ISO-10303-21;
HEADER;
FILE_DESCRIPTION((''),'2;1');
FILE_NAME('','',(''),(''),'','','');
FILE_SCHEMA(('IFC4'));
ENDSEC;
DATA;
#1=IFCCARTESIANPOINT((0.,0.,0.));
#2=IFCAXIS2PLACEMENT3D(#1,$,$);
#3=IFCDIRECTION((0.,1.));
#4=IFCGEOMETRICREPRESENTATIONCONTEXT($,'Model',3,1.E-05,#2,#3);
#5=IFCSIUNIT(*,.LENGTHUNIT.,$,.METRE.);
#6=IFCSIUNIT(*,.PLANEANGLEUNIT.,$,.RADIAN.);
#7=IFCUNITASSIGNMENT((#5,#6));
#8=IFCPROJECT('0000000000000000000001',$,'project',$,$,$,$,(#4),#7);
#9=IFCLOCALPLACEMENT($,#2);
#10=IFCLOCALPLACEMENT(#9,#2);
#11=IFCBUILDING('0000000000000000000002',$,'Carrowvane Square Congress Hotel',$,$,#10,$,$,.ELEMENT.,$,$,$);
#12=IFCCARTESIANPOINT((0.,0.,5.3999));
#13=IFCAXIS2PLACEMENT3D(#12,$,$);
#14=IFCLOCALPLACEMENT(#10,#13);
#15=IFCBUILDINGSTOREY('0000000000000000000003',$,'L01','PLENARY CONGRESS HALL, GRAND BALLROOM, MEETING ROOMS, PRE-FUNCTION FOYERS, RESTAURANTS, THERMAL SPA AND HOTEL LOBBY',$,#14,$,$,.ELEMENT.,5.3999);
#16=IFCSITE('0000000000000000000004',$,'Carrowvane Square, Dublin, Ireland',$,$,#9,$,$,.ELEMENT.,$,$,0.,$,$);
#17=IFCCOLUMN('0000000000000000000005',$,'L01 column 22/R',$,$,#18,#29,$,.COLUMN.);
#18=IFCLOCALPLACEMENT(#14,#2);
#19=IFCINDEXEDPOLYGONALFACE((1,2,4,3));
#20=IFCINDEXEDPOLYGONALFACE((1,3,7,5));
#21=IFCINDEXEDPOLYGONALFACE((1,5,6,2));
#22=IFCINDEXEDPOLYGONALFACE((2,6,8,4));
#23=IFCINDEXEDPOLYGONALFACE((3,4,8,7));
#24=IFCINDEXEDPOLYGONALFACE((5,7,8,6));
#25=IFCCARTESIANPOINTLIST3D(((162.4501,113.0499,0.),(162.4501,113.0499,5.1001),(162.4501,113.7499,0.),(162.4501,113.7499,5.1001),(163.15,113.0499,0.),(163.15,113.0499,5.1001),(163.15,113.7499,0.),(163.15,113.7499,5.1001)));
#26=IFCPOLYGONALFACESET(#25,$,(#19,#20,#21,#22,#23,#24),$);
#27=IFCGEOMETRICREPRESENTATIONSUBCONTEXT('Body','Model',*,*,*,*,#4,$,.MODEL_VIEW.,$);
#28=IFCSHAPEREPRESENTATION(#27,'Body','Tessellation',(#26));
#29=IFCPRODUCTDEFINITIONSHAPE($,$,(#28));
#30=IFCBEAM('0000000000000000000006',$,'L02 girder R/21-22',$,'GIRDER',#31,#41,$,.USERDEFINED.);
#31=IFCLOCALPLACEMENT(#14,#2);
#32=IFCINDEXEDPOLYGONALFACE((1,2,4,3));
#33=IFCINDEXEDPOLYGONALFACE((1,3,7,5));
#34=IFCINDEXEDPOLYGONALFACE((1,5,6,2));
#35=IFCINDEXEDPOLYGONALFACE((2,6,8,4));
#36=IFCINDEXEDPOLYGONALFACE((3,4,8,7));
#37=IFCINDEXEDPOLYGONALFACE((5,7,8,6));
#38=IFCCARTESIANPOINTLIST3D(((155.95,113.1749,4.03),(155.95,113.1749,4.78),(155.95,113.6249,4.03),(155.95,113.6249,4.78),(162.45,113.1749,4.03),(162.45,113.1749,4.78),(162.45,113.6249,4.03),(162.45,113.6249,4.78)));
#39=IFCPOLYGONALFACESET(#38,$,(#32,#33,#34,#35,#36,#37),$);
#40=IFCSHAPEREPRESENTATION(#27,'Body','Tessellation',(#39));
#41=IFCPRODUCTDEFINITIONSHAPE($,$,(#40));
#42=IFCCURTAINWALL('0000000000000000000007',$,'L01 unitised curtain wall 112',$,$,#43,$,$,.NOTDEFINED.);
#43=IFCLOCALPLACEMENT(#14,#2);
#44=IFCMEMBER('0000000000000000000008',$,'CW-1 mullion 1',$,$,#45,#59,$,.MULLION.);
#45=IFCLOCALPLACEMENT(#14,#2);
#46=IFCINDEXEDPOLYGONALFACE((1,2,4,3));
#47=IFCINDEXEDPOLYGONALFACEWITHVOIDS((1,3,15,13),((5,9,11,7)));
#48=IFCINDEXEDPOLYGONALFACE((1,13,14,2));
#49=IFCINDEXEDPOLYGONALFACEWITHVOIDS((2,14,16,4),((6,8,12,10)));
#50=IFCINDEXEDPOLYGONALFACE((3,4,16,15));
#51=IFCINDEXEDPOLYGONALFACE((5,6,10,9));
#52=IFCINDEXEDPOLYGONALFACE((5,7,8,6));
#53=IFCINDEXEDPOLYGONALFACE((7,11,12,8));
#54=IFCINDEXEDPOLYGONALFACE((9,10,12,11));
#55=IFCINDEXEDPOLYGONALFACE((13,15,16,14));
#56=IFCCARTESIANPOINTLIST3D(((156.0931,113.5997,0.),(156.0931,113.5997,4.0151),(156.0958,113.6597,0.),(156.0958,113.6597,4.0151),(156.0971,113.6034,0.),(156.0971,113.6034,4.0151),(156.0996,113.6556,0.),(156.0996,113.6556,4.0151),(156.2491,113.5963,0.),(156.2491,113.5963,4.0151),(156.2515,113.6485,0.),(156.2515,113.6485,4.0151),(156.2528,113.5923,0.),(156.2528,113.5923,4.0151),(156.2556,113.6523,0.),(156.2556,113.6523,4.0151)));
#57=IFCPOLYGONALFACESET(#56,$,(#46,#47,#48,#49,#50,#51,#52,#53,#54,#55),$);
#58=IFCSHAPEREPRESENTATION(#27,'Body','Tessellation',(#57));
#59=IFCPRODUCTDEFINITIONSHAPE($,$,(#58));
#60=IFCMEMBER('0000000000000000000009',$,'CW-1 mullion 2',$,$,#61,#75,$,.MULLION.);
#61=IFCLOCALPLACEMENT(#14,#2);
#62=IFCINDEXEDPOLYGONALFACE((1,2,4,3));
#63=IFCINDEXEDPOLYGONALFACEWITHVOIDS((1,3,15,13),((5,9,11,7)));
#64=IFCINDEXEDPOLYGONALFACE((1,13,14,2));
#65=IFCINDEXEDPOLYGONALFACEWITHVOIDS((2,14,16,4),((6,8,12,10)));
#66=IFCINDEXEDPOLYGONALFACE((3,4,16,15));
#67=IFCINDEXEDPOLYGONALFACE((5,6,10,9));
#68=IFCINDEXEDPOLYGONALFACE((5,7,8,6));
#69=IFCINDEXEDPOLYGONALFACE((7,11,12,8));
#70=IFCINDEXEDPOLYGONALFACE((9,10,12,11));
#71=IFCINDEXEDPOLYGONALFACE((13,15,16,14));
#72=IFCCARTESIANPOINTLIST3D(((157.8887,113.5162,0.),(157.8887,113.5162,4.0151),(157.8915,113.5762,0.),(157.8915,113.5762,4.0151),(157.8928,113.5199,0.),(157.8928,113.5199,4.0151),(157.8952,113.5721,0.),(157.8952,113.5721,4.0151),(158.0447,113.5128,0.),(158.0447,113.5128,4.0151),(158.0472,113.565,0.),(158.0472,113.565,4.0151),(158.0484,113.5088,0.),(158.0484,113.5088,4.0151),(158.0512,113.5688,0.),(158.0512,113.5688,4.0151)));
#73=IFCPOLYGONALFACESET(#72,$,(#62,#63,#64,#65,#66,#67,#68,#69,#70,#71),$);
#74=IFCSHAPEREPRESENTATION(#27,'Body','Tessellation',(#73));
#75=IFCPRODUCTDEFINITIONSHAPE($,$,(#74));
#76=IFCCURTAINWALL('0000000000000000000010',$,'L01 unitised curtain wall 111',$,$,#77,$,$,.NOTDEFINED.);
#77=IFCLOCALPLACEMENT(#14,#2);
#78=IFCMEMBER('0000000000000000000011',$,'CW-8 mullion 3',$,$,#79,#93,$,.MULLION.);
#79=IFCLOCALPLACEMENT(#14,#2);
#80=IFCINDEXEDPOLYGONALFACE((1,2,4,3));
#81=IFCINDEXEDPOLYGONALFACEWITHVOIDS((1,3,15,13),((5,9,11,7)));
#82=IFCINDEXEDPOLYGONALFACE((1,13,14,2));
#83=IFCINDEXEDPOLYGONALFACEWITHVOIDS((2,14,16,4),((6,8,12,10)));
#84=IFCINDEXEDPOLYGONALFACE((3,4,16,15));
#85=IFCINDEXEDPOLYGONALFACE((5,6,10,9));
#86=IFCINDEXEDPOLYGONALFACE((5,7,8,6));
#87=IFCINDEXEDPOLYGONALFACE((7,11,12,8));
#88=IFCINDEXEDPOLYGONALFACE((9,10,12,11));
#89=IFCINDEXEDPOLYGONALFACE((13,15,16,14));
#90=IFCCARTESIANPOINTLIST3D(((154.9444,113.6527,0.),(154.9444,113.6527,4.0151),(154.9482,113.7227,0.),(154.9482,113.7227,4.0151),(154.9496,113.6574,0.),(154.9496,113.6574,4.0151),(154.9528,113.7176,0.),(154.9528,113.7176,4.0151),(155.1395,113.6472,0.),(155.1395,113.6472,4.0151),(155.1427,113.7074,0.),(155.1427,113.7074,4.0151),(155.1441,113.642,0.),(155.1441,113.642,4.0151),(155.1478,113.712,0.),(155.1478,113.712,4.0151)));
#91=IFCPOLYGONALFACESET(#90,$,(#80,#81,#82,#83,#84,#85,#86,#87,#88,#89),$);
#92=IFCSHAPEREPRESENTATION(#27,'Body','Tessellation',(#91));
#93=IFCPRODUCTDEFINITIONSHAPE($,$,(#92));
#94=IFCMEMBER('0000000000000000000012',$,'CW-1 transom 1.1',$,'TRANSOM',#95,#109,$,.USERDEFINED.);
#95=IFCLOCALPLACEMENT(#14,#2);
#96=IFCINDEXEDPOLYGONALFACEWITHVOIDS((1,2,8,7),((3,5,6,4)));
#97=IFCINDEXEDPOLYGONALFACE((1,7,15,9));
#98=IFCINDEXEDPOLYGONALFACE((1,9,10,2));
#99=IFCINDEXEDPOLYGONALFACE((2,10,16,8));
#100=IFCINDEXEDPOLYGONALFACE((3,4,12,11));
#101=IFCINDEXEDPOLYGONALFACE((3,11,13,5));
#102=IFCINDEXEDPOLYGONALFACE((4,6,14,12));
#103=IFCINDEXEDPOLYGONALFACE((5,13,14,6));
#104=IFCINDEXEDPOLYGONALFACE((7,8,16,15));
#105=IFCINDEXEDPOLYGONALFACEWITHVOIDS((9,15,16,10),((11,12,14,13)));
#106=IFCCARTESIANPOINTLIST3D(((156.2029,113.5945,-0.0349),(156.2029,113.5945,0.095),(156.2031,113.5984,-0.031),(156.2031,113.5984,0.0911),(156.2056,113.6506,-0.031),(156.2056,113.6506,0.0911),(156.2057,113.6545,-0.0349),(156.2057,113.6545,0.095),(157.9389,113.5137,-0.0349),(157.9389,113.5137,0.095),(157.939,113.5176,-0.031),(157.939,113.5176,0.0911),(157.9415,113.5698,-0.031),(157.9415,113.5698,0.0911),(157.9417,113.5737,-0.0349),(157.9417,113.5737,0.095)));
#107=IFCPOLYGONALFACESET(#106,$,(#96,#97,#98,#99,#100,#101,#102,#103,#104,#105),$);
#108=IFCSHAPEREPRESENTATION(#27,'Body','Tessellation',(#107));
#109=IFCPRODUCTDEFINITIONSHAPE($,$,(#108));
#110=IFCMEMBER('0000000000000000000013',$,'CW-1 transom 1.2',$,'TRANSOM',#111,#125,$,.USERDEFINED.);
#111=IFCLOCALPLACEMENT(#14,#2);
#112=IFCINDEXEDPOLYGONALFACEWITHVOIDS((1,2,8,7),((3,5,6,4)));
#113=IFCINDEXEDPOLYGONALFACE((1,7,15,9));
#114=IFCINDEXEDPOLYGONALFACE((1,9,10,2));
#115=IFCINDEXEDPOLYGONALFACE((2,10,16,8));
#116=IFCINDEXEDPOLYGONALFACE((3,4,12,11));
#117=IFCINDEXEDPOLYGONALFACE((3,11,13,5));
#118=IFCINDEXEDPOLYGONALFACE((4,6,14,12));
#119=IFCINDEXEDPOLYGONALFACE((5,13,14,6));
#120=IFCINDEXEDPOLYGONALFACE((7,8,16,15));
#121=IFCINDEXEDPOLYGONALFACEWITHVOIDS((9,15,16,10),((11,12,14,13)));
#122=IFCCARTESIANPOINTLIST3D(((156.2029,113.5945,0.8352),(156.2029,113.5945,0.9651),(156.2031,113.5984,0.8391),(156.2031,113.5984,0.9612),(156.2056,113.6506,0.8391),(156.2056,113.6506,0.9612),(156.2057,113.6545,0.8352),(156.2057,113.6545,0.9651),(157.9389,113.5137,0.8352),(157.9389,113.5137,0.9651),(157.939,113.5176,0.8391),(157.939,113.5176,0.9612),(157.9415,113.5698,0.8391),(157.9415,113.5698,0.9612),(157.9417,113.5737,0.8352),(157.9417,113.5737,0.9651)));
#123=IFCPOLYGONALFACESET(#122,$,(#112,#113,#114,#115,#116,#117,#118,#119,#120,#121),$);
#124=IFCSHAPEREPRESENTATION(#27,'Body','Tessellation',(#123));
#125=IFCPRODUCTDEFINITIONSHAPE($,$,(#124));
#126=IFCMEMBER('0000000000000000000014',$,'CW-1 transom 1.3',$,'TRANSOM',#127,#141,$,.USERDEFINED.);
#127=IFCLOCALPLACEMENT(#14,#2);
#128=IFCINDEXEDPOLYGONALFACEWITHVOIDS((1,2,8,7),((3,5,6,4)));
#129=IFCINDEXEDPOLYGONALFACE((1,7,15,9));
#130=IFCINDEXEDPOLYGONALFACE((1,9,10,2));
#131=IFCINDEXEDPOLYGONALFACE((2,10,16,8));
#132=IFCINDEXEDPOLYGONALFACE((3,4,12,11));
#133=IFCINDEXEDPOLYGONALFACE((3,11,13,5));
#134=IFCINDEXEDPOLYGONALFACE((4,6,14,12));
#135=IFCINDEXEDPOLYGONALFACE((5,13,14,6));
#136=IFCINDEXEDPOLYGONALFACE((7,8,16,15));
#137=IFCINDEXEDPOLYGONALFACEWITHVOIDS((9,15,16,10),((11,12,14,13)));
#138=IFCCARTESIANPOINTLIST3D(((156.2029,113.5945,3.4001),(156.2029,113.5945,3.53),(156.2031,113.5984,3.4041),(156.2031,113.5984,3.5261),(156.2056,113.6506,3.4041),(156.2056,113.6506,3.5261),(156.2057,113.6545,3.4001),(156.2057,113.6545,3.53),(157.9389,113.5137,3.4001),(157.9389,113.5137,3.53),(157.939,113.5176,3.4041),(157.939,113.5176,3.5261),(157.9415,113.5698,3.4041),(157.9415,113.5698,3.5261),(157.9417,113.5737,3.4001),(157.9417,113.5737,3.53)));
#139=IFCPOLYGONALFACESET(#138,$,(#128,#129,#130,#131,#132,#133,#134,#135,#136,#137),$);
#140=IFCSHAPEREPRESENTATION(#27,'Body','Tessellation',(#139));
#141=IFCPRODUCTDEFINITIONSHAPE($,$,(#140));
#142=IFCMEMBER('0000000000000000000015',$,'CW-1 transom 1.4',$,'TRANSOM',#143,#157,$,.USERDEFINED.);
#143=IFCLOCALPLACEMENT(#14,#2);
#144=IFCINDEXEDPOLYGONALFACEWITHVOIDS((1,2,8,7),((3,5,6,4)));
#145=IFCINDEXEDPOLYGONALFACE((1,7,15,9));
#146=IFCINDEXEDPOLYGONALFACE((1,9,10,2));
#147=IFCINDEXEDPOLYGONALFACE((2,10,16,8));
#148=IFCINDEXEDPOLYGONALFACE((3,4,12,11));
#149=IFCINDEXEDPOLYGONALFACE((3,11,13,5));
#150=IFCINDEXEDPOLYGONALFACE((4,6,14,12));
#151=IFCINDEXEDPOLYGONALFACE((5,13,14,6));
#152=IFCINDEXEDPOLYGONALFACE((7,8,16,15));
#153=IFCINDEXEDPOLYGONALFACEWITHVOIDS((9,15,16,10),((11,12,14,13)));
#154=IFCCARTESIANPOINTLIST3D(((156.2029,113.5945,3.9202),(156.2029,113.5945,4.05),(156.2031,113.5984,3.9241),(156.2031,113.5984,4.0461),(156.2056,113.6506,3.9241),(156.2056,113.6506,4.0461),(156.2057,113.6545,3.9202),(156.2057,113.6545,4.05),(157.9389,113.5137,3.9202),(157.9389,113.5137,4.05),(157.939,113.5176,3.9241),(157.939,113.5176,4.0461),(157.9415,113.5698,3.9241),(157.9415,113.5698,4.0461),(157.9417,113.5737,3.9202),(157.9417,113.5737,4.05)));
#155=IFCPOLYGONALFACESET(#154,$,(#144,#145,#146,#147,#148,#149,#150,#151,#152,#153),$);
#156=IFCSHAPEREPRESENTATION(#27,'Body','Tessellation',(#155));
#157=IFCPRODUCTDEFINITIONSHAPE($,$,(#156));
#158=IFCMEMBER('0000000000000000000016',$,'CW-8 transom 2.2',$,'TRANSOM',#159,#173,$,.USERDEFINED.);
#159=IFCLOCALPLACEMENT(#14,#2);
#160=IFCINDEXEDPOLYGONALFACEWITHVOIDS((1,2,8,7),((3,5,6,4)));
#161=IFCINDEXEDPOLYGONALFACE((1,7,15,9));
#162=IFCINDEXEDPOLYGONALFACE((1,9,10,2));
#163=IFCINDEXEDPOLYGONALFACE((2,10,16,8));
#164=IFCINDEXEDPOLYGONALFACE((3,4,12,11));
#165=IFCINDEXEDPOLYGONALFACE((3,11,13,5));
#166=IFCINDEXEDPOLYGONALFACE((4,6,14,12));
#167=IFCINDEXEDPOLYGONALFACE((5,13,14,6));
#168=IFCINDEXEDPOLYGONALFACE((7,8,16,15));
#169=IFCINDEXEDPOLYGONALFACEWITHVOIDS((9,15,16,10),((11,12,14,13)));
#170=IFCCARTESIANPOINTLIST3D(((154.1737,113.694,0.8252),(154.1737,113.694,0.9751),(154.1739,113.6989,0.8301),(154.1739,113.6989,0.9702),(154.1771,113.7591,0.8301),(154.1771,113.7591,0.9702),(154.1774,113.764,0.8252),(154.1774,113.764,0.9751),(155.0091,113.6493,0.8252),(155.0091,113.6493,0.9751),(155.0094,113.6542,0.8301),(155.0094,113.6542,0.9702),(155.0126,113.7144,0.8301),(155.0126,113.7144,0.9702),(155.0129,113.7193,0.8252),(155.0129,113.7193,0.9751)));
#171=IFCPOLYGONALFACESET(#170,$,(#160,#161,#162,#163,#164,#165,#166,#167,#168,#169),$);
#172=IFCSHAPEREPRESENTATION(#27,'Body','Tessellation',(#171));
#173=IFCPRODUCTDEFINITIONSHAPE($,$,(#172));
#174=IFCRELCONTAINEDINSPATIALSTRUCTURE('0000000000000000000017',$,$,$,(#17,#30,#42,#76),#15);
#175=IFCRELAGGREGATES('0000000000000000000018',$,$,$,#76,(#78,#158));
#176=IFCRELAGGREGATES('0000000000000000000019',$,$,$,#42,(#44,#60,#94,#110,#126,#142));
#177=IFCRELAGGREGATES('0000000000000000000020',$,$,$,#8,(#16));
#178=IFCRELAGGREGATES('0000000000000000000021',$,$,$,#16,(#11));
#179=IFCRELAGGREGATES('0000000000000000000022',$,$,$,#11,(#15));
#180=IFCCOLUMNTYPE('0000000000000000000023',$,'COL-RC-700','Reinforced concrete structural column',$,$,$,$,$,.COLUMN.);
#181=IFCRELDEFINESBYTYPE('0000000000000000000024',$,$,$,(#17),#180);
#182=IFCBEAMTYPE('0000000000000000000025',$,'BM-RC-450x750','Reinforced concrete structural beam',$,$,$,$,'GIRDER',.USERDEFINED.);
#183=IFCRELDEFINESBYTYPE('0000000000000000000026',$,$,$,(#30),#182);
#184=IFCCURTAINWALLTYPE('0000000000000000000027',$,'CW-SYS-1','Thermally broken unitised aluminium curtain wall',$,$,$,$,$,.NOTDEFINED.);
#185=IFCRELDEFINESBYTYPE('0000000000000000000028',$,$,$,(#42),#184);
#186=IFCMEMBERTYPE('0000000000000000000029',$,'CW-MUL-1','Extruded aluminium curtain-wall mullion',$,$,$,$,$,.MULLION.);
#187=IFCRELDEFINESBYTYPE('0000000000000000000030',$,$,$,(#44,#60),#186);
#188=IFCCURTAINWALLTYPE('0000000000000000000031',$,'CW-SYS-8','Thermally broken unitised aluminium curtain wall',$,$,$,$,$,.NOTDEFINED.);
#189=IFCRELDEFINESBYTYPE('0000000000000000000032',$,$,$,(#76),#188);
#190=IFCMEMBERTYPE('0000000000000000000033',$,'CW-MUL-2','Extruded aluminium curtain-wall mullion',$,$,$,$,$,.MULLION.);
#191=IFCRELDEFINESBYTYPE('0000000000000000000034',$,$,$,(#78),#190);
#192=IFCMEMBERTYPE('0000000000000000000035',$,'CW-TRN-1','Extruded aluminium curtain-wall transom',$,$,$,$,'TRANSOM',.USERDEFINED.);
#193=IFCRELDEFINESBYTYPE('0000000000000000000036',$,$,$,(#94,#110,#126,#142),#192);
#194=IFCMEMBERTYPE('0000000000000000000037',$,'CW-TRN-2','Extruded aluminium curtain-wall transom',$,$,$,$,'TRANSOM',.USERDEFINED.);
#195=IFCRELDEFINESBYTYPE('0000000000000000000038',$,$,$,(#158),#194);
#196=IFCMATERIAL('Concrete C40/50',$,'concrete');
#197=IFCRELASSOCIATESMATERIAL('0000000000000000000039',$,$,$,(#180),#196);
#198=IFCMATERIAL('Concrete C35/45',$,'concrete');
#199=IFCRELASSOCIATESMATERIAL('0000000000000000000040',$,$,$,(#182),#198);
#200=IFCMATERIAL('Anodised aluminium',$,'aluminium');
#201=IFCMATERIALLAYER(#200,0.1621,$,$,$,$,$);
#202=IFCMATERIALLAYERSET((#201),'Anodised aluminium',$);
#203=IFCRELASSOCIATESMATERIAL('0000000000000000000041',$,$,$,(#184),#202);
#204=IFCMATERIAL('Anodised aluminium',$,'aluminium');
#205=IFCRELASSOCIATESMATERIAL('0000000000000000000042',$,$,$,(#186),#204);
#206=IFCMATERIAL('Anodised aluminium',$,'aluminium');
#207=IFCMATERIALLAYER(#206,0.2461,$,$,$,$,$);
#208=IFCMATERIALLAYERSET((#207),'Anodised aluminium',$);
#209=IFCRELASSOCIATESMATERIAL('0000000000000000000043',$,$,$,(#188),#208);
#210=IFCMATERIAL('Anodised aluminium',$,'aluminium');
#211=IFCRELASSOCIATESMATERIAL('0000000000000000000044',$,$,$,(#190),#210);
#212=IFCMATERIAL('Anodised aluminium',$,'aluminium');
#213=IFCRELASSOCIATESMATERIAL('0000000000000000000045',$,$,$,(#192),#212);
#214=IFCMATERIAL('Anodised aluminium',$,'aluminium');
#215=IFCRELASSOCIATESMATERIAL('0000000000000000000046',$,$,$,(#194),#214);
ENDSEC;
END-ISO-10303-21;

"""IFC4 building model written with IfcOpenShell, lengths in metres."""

from ifc_helpers import new_model, si_unit, direction, frame, origin, origin_2d, place, context, subcontext, project, spatial, rectangle, hollow_rectangle, extrude, material, layer, layer_set, material_profile, profile_set, type_object, element, aggregate, save


model = new_model("IFC4")

# Units and contexts
model_context = context("Model", 3, precision=1e-05, world=origin(), true_north=direction((0.0, 1.0)))
body_context = subcontext(model_context, "Body", "Model", "MODEL_VIEW")
ifc_project = project(units=[si_unit("LENGTHUNIT", "METRE"), si_unit("PLANEANGLEUNIT", "RADIAN")], contexts=[model_context])

# Site, building, storey
site_placement = place(None, origin())
site = spatial("IfcSite", under=ifc_project, at=site_placement, Name="Carrowvane Square, Dublin, Ireland", CompositionType="ELEMENT", RefElevation=0.0)
building_placement = place(site_placement, origin())
building = spatial("IfcBuilding", under=site, at=building_placement, Name="Carrowvane Square Congress Hotel", CompositionType="ELEMENT")
storey_placement = place(building_placement, frame((0.0, 0.0, 5.3999)))
storey = spatial("IfcBuildingStorey", under=building, at=storey_placement, Name="L01", Description="PLENARY CONGRESS HALL, GRAND BALLROOM, MEETING ROOMS, PRE-FUNCTION FOYERS, RESTAURANTS, THERMAL SPA AND HOTEL LOBBY", CompositionType="ELEMENT", Elevation=5.3999)

# Column
ifc_material_1 = material(Name="Concrete C40/50", Category="concrete")
ifc_material_profile_1 = material_profile(ifc_material_1, rectangle(XDim=0.7, YDim=0.7, at=origin_2d()), Name="RC 700x700")
ifc_profile_set_1 = profile_set([ifc_material_profile_1], Name="Concrete C40/50")
column_type = type_object("IfcColumnType", Name="COL-RC-700", Description="Reinforced concrete structural column", PredefinedType="COLUMN", material=ifc_profile_set_1)
column_placement = place(storey_placement, frame((162.8, 113.3999, 0.0), z_axis=(0.0, 0.0, 1.0), x_axis=(1.0, 0.0, 0.0)))
element("IfcColumn", 1, at=column_placement, inside=storey, type_object=column_type, Name="L01 column 22/R", PredefinedType="COLUMN", context=body_context, shape_type="SweptSolid", body=[
    extrude(rectangle(XDim=0.7, YDim=0.7, at=origin_2d()), origin(), (0.0, 0.0, 1.0), 5.1001),
])

# Beam
ifc_material_2 = material(Name="Concrete C35/45", Category="concrete")
ifc_material_profile_2 = material_profile(ifc_material_2, rectangle(XDim=0.45, YDim=0.75, at=origin_2d()), Name="RC 450x750")
ifc_profile_set_2 = profile_set([ifc_material_profile_2], Name="Concrete C35/45")
beam_type = type_object("IfcBeamType", Name="BM-RC-450x750", Description="Reinforced concrete structural beam", ElementType="GIRDER", PredefinedType="USERDEFINED", material=ifc_profile_set_2)
beam_placement = place(storey_placement, frame((155.95, 113.3999, 4.405), z_axis=(1.0, 0.0, 0.0), x_axis=(0.0, 1.0, 0.0)))
element("IfcBeam", 2, at=beam_placement, inside=storey, type_object=beam_type, Name="L02 girder R/21-22", ObjectType="GIRDER", PredefinedType="USERDEFINED", context=body_context, shape_type="SweptSolid", body=[
    extrude(rectangle(XDim=0.45, YDim=0.75, at=origin_2d()), origin(), (0.0, 0.0, 1.0), 6.5),
])

# Curtain wall, members
ifc_material_3 = material(Name="Anodised aluminium", Category="aluminium")
ifc_layer_1 = layer(ifc_material_3, 0.1621)
ifc_layer_set_1 = layer_set([ifc_layer_1], Name="Anodised aluminium")
curtain_wall_type_1 = type_object("IfcCurtainWallType", Name="CW-SYS-1", Description="Thermally broken unitised aluminium curtain wall", PredefinedType="NOTDEFINED", material=ifc_layer_set_1)
curtain_wall_1_placement = place(storey_placement, origin())
curtain_wall_1 = element("IfcCurtainWall", 3, at=curtain_wall_1_placement, inside=storey, type_object=curtain_wall_type_1, Name="L01 unitised curtain wall 112", PredefinedType="NOTDEFINED")
ifc_material_4 = material(Name="Anodised aluminium", Category="aluminium")
ifc_material_profile_3 = material_profile(ifc_material_4, hollow_rectangle(XDim=0.0601, YDim=0.1599, WallThickness=0.0039, at=origin_2d()), Name="CW-ML 60x160x4")
ifc_profile_set_3 = profile_set([ifc_material_profile_3], Name="Anodised aluminium")
member_type_1 = type_object("IfcMemberType", Name="CW-MUL-1", Description="Extruded aluminium curtain-wall mullion", PredefinedType="MULLION", material=ifc_profile_set_3)
member_1_placement = place(storey_placement, frame((156.1743, 113.626, 0.0), z_axis=(0.0, 0.0, 1.0), x_axis=(0.046517, 0.998917, 0.0)))
member_1 = element("IfcMember", 4, at=member_1_placement, type_object=member_type_1, Name="CW-1 mullion 1", PredefinedType="MULLION", context=body_context, shape_type="SweptSolid", body=[
    extrude(hollow_rectangle(XDim=0.0601, YDim=0.1599, WallThickness=0.0039, at=origin_2d()), origin(), (0.0, 0.0, 1.0), 4.0151),
])
member_2_placement = place(storey_placement, frame((157.97, 113.5425, 0.0), z_axis=(0.0, 0.0, 1.0), x_axis=(0.046517, 0.998917, 0.0)))
member_2 = element("IfcMember", 5, at=member_2_placement, type_object=member_type_1, Name="CW-1 mullion 2", PredefinedType="MULLION", context=body_context, shape_type="SweptSolid", body=[
    extrude(hollow_rectangle(XDim=0.0601, YDim=0.1599, WallThickness=0.0039, at=origin_2d()), origin(), (0.0, 0.0, 1.0), 4.0151),
])

# Curtain wall, member
ifc_material_5 = material(Name="Anodised aluminium", Category="aluminium")
ifc_layer_2 = layer(ifc_material_5, 0.2461)
ifc_layer_set_2 = layer_set([ifc_layer_2], Name="Anodised aluminium")
curtain_wall_type_2 = type_object("IfcCurtainWallType", Name="CW-SYS-8", Description="Thermally broken unitised aluminium curtain wall", PredefinedType="NOTDEFINED", material=ifc_layer_set_2)
curtain_wall_2_placement = place(storey_placement, origin())
curtain_wall_2 = element("IfcCurtainWall", 6, at=curtain_wall_2_placement, inside=storey, type_object=curtain_wall_type_2, Name="L01 unitised curtain wall 111", PredefinedType="NOTDEFINED")
ifc_material_6 = material(Name="Anodised aluminium", Category="aluminium")
ifc_material_profile_4 = material_profile(ifc_material_6, hollow_rectangle(XDim=0.0701, YDim=0.2, WallThickness=0.0049, at=origin_2d()), Name="CW-ML 70x200x5")
ifc_profile_set_4 = profile_set([ifc_material_profile_4], Name="Anodised aluminium")
member_type_2 = type_object("IfcMemberType", Name="CW-MUL-2", Description="Extruded aluminium curtain-wall mullion", PredefinedType="MULLION", material=ifc_profile_set_4)
member_3_placement = place(storey_placement, frame((155.0461, 113.6824, 0.0), z_axis=(0.0, 0.0, 1.0), x_axis=(0.053517, 0.998567, 0.0)))
member_3 = element("IfcMember", 7, at=member_3_placement, type_object=member_type_2, Name="CW-8 mullion 3", PredefinedType="MULLION", context=body_context, shape_type="SweptSolid", body=[
    extrude(hollow_rectangle(XDim=0.0701, YDim=0.2, WallThickness=0.0049, at=origin_2d()), origin(), (0.0, 0.0, 1.0), 4.0151),
])

# Members
ifc_material_7 = material(Name="Anodised aluminium", Category="aluminium")
ifc_material_profile_5 = material_profile(ifc_material_7, hollow_rectangle(XDim=0.0601, YDim=0.1299, WallThickness=0.0039, at=origin_2d()), Name="CW-TR 60x130x4")
ifc_profile_set_5 = profile_set([ifc_material_profile_5], Name="Anodised aluminium")
member_type_3 = type_object("IfcMemberType", Name="CW-TRN-1", Description="Extruded aluminium curtain-wall transom", ElementType="TRANSOM", PredefinedType="USERDEFINED", material=ifc_profile_set_5)
member_4_placement = place(storey_placement, frame((156.2043, 113.6245, 0.03), z_axis=(0.998918, -0.046504, 0.0), x_axis=(0.046504, 0.998918, 0.0)))
member_4 = element("IfcMember", 8, at=member_4_placement, type_object=member_type_3, Name="CW-1 transom 1.1", ObjectType="TRANSOM", PredefinedType="USERDEFINED", context=body_context, shape_type="SweptSolid", body=[
    extrude(hollow_rectangle(XDim=0.0601, YDim=0.1299, WallThickness=0.0039, at=origin_2d()), origin(), (0.0, 0.0, 1.0), 1.7378),
])
member_5_placement = place(storey_placement, frame((156.2043, 113.6245, 0.9001), z_axis=(0.998918, -0.046504, 0.0), x_axis=(0.046504, 0.998918, 0.0)))
member_5 = element("IfcMember", 9, at=member_5_placement, type_object=member_type_3, Name="CW-1 transom 1.2", ObjectType="TRANSOM", PredefinedType="USERDEFINED", context=body_context, shape_type="SweptSolid", body=[
    extrude(hollow_rectangle(XDim=0.0601, YDim=0.1299, WallThickness=0.0039, at=origin_2d()), origin(), (0.0, 0.0, 1.0), 1.7378),
])
member_6_placement = place(storey_placement, frame((156.2043, 113.6245, 3.4651), z_axis=(0.998918, -0.046504, 0.0), x_axis=(0.046504, 0.998918, 0.0)))
member_6 = element("IfcMember", 10, at=member_6_placement, type_object=member_type_3, Name="CW-1 transom 1.3", ObjectType="TRANSOM", PredefinedType="USERDEFINED", context=body_context, shape_type="SweptSolid", body=[
    extrude(hollow_rectangle(XDim=0.0601, YDim=0.1299, WallThickness=0.0039, at=origin_2d()), origin(), (0.0, 0.0, 1.0), 1.7378),
])
member_7_placement = place(storey_placement, frame((156.2043, 113.6245, 3.9851), z_axis=(0.998918, -0.046504, 0.0), x_axis=(0.046504, 0.998918, 0.0)))
member_7 = element("IfcMember", 11, at=member_7_placement, type_object=member_type_3, Name="CW-1 transom 1.4", ObjectType="TRANSOM", PredefinedType="USERDEFINED", context=body_context, shape_type="SweptSolid", body=[
    extrude(hollow_rectangle(XDim=0.0601, YDim=0.1299, WallThickness=0.0039, at=origin_2d()), origin(), (0.0, 0.0, 1.0), 1.7378),
])
ifc_material_8 = material(Name="Anodised aluminium", Category="aluminium")
ifc_material_profile_6 = material_profile(ifc_material_8, hollow_rectangle(XDim=0.0701, YDim=0.1499, WallThickness=0.0049, at=origin_2d()), Name="CW-TR 70x150x5")
ifc_profile_set_6 = profile_set([ifc_material_profile_6], Name="Anodised aluminium")
member_type_4 = type_object("IfcMemberType", Name="CW-TRN-2", Description="Extruded aluminium curtain-wall transom", ElementType="TRANSOM", PredefinedType="USERDEFINED", material=ifc_profile_set_6)
member_8_placement = place(storey_placement, frame((154.1755, 113.729, 0.9001), z_axis=(0.998573, -0.053401, 0.0), x_axis=(0.053401, 0.998573, 0.0)))
member_8 = element("IfcMember", 12, at=member_8_placement, type_object=member_type_4, Name="CW-8 transom 2.2", ObjectType="TRANSOM", PredefinedType="USERDEFINED", context=body_context, shape_type="SweptSolid", body=[
    extrude(hollow_rectangle(XDim=0.0701, YDim=0.1499, WallThickness=0.0049, at=origin_2d()), origin(), (0.0, 0.0, 1.0), 0.8367),
])

aggregate(curtain_wall_2, [member_3, member_8])
aggregate(curtain_wall_1, [member_1, member_2, member_4, member_5, member_6, member_7])

save(model, "model.ifc")
